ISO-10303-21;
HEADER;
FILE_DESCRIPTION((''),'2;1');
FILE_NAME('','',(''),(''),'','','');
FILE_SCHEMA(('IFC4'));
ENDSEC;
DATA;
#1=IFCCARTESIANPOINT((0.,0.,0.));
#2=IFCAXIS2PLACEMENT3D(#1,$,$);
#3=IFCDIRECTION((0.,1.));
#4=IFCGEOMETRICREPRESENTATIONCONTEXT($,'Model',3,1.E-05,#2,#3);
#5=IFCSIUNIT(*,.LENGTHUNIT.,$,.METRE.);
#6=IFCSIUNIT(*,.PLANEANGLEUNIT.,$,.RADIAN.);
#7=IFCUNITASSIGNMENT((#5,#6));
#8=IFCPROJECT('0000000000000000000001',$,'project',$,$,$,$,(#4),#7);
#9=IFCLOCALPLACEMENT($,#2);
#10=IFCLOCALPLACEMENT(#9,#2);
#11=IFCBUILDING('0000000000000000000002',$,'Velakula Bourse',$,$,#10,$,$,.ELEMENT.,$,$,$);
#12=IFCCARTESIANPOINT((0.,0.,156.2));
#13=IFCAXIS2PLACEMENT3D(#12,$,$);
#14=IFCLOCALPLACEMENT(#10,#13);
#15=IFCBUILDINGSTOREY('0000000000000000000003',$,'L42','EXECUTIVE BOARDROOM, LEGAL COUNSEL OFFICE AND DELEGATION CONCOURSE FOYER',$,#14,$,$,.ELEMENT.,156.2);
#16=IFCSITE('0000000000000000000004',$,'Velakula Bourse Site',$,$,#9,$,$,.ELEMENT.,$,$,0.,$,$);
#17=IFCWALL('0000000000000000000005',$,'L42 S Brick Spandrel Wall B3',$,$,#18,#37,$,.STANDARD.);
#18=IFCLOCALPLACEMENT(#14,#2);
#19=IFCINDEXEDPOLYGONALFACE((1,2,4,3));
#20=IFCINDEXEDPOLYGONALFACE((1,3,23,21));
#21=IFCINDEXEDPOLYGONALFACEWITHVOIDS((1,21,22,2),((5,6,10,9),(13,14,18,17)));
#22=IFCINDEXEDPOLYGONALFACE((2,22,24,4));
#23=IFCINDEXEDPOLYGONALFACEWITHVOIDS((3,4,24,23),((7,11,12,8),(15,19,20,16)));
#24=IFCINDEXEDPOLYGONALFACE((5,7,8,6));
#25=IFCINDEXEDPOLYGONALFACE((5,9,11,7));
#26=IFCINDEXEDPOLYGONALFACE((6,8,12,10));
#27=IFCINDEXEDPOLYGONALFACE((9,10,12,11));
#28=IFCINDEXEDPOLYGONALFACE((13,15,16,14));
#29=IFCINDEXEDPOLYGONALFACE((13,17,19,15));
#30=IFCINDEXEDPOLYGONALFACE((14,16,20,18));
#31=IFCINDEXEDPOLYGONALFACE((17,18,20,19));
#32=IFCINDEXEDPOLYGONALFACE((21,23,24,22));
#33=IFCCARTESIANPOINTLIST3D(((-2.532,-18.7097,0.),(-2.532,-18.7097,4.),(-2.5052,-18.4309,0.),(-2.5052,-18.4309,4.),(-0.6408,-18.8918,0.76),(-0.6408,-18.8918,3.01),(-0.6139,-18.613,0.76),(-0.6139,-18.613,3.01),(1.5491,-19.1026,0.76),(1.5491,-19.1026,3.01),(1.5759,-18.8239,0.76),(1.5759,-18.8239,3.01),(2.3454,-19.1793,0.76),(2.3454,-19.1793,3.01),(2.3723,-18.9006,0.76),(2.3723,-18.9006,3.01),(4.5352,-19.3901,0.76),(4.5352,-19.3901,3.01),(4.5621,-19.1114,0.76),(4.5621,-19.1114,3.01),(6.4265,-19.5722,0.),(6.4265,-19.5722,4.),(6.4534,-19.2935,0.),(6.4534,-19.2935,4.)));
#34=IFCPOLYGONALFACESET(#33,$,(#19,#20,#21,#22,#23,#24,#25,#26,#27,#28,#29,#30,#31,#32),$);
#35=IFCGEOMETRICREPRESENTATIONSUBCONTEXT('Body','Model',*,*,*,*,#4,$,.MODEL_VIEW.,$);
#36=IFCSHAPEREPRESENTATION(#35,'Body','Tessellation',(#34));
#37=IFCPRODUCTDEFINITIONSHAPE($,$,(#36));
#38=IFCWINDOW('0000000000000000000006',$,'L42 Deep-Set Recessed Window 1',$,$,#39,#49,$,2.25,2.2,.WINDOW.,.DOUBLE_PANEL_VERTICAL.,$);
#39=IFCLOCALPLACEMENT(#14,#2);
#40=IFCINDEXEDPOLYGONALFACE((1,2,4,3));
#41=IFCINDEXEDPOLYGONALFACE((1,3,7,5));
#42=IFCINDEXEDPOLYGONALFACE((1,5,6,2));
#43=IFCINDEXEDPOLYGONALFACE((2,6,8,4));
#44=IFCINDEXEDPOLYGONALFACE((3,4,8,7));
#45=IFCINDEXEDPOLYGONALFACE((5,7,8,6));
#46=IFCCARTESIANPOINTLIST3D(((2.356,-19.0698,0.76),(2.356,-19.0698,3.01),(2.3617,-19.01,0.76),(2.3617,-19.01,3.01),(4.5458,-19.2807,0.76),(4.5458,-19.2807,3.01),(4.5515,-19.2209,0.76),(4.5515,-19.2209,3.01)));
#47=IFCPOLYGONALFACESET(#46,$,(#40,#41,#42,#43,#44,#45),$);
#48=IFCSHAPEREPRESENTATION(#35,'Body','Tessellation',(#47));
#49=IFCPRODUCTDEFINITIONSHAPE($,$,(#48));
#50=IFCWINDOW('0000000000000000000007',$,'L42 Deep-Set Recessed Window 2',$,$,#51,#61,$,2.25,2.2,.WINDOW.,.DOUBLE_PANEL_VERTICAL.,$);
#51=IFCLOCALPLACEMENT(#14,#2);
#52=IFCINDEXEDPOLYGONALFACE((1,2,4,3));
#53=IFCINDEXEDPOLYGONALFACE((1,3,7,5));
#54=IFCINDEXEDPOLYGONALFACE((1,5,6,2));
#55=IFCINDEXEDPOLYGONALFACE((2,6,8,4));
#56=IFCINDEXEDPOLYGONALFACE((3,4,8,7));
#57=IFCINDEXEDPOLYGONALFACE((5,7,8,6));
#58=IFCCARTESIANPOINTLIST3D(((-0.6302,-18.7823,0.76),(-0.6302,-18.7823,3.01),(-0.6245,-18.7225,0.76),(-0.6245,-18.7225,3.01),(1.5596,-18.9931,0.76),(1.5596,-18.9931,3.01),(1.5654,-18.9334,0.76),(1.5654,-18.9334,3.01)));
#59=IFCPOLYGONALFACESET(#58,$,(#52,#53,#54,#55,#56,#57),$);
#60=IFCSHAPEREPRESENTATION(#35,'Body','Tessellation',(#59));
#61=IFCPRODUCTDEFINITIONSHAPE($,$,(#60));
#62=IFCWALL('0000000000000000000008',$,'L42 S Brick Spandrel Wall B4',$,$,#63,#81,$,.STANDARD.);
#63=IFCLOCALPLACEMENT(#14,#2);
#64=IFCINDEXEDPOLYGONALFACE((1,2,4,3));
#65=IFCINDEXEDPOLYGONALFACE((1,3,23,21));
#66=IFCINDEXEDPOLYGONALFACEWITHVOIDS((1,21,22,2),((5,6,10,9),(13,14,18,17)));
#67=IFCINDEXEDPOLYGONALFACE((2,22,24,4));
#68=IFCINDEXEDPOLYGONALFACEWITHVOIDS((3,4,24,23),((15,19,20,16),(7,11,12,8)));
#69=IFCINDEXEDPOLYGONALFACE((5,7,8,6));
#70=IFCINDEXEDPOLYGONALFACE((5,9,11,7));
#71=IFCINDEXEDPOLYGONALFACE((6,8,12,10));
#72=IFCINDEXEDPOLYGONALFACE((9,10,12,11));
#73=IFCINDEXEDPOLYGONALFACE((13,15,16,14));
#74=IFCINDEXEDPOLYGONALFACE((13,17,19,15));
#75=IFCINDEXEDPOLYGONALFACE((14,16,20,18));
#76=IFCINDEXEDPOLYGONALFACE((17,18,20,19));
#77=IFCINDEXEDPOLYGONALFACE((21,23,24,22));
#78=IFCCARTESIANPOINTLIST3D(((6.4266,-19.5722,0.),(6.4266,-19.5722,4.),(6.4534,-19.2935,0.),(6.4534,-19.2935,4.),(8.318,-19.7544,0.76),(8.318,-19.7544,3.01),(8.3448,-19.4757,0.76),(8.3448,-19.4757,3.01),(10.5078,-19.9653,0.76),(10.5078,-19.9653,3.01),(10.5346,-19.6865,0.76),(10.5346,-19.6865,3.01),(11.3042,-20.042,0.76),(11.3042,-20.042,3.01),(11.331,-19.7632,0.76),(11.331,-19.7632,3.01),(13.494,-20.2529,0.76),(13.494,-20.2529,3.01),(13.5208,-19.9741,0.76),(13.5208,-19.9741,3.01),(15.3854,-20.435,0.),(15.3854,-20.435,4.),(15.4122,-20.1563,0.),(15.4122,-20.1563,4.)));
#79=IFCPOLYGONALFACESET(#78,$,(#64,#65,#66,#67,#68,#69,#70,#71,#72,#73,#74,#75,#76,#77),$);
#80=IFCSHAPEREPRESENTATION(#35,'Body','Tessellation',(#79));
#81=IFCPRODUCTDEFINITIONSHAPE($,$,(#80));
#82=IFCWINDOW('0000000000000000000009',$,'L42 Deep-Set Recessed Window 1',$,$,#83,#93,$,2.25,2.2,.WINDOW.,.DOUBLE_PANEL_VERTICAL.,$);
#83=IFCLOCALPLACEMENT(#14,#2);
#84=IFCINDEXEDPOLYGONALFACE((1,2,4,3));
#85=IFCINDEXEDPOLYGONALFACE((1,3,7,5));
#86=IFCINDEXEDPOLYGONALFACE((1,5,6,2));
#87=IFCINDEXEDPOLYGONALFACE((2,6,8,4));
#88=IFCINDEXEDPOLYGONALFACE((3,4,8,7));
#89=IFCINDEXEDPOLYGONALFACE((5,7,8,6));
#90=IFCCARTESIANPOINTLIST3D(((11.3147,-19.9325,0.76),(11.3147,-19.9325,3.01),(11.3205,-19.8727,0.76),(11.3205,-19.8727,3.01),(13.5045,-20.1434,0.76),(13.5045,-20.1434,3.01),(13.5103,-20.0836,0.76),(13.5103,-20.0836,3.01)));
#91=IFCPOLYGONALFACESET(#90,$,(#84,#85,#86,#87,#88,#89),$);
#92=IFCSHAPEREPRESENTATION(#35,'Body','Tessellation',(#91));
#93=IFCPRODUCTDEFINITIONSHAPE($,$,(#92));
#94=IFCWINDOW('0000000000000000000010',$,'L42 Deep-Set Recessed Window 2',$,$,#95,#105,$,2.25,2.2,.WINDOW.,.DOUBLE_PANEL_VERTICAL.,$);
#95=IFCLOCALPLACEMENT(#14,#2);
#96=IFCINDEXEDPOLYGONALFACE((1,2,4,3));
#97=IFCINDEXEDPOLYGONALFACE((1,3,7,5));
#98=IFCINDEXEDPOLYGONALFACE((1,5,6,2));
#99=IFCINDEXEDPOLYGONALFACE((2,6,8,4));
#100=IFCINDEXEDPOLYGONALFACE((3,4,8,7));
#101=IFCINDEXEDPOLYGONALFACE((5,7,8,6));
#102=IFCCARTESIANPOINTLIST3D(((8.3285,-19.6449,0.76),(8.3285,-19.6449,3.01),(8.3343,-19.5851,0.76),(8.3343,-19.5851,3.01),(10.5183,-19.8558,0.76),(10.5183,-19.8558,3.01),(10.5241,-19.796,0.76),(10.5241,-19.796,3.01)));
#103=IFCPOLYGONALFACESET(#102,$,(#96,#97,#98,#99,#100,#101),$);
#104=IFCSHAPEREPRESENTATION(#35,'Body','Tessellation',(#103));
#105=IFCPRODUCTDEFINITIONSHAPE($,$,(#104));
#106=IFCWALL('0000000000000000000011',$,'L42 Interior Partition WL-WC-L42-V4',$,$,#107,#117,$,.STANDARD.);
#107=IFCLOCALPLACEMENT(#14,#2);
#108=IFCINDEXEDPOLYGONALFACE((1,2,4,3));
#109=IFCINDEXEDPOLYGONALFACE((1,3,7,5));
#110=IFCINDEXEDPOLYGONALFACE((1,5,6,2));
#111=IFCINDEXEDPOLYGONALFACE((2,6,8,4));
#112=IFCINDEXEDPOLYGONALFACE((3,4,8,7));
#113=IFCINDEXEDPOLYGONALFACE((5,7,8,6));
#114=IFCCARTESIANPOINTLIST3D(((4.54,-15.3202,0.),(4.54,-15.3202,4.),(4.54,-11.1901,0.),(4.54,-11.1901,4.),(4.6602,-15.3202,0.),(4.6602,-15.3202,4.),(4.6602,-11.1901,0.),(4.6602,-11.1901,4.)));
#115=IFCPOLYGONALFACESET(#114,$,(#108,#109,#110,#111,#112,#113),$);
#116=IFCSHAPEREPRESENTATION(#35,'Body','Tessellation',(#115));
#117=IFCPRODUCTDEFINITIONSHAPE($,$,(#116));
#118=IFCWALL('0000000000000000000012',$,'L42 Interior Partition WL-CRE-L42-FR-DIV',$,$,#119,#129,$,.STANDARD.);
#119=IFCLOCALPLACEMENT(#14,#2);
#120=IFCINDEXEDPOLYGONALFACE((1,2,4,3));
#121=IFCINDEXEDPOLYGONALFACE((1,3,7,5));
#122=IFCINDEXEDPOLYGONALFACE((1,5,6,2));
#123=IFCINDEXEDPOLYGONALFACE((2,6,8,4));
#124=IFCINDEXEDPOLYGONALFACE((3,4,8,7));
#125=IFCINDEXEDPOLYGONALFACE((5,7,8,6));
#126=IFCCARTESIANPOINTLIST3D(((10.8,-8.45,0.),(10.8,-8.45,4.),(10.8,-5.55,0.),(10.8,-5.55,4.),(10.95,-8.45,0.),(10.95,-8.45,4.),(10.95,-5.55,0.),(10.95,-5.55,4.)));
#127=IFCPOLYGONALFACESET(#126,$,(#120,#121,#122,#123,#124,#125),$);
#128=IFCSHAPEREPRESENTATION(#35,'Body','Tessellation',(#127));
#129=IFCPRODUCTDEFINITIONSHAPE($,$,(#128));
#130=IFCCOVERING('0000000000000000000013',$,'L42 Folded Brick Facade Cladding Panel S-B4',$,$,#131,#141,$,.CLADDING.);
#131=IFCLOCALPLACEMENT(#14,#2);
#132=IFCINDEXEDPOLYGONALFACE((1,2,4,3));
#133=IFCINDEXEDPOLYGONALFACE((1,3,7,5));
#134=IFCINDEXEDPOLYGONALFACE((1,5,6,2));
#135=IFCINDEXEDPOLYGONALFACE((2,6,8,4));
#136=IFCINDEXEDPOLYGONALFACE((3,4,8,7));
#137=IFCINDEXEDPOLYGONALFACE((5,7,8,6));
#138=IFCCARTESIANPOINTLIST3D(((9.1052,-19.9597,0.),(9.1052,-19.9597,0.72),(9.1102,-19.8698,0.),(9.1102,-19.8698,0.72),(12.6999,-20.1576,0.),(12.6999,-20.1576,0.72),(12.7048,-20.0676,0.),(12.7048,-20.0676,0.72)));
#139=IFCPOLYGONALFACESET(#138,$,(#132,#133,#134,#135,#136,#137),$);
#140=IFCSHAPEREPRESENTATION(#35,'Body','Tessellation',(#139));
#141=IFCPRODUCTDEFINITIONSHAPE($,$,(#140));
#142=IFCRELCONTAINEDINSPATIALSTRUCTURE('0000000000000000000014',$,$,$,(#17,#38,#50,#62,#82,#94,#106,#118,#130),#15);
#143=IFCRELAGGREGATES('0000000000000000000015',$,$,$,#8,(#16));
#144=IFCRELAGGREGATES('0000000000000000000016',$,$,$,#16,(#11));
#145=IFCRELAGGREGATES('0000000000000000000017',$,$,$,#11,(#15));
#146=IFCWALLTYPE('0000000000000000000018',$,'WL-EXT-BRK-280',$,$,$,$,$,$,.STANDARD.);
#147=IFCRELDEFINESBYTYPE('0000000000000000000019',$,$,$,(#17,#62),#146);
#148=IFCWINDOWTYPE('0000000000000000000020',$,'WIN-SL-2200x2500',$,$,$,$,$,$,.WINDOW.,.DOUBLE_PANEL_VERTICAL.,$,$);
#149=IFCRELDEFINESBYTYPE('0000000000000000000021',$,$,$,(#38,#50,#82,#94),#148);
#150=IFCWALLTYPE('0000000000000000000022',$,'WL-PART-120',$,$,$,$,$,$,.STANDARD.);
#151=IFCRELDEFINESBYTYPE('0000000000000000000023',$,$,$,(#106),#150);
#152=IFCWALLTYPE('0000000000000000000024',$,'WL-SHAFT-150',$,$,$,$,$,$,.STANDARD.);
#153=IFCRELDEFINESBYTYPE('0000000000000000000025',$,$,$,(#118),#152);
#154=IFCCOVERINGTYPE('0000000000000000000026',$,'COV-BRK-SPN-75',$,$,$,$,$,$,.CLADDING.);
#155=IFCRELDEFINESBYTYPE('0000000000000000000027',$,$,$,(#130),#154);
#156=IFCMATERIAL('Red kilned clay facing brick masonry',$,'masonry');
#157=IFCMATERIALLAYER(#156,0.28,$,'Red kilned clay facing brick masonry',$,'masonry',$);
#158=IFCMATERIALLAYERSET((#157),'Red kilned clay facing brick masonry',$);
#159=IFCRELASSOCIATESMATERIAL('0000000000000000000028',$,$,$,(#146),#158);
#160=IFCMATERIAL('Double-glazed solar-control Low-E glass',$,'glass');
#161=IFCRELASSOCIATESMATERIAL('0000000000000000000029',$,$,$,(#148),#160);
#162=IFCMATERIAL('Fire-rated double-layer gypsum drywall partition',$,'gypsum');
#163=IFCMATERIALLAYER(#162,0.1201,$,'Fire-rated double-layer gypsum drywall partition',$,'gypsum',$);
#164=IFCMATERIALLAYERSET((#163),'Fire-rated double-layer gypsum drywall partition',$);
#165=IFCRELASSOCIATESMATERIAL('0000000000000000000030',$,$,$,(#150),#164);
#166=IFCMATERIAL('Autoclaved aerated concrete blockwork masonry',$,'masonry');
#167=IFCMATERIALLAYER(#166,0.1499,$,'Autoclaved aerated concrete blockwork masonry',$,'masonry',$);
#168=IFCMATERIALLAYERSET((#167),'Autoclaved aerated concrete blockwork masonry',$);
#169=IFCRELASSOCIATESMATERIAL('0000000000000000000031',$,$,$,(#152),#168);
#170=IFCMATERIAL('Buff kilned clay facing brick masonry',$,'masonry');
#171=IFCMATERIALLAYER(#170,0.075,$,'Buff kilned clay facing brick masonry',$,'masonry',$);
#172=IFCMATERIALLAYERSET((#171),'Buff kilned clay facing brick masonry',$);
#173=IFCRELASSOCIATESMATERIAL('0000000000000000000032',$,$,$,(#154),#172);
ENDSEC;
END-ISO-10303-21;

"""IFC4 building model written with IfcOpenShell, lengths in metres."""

from ifc_helpers import new_model, si_unit, direction, frame, frame_2d, origin, origin_2d, place, context, subcontext, project, spatial, rectangle, extrude, material, layer, layer_set, type_object, element, fill, save


model = new_model("IFC4")

# Units and contexts
model_context = context("Model", 3, precision=1e-05, world=origin(), true_north=direction((0.0, 1.0)))
body_context = subcontext(model_context, "Body", "Model", "MODEL_VIEW")
ifc_project = project(units=[si_unit("LENGTHUNIT", "METRE"), si_unit("PLANEANGLEUNIT", "RADIAN")], contexts=[model_context])

# Site, building, storey
site_placement = place(None, origin())
site = spatial("IfcSite", under=ifc_project, at=site_placement, Name="Velakula Bourse Site", CompositionType="ELEMENT", RefElevation=0.0)
building_placement = place(site_placement, origin())
building = spatial("IfcBuilding", under=site, at=building_placement, Name="Velakula Bourse", CompositionType="ELEMENT")
storey_placement = place(building_placement, frame((0.0, 0.0, 156.2)))
storey = spatial("IfcBuildingStorey", under=building, at=storey_placement, Name="L42", Description="EXECUTIVE BOARDROOM, LEGAL COUNSEL OFFICE AND DELEGATION CONCOURSE FOYER", CompositionType="ELEMENT", Elevation=156.2)

# Walls, openings, windows
ifc_material_1 = material(Name="Red kilned clay facing brick masonry", Category="masonry")
ifc_layer_1 = layer(ifc_material_1, 0.28, Name="Red kilned clay facing brick masonry", Category="masonry")
ifc_layer_set_1 = layer_set([ifc_layer_1], Name="Red kilned clay facing brick masonry")
wall_type_1 = type_object("IfcWallType", Name="WL-EXT-BRK-280", PredefinedType="STANDARD", material=ifc_layer_set_1)
wall_1_placement = place(storey_placement, frame((6.4399, -19.4329, 0.0), z_axis=(0.0, 0.0, 1.0), x_axis=(-0.995397, 0.09584, 0.0)))
wall_1 = element("IfcWall", 1, at=wall_1_placement, inside=storey, type_object=wall_type_1, Name="L42 S Brick Spandrel Wall B3", PredefinedType="STANDARD", context=body_context, shape_type="SweptSolid", body=[
    extrude(rectangle(XDim=9.0, YDim=0.28, at=frame_2d((4.5, 0.0))), origin(), (0.0, 0.0, 1.0), 4.0),
])
opening_1_placement = place(wall_1_placement, frame((1.8999, 0.0, 0.76)))
opening_1 = element("IfcOpeningElement", 2, at=opening_1_placement, cuts=wall_1, PredefinedType="OPENING", context=body_context, shape_type="SweptSolid", body=[
    extrude(rectangle(XDim=2.2, YDim=2.25, at=frame_2d((1.1001, 1.125))), frame((0.0, 0.1499, 0.0), z_axis=(0.0, -1.0, 0.0), x_axis=(1.0, 0.0, 0.0)), (0.0, 0.0, 1.0), 0.3),
])
opening_2_placement = place(wall_1_placement, frame((4.8999, 0.0, 0.76)))
opening_2 = element("IfcOpeningElement", 3, at=opening_2_placement, cuts=wall_1, PredefinedType="OPENING", context=body_context, shape_type="SweptSolid", body=[
    extrude(rectangle(XDim=2.2, YDim=2.25, at=frame_2d((1.1001, 1.125))), frame((0.0, 0.1499, 0.0), z_axis=(0.0, -1.0, 0.0), x_axis=(1.0, 0.0, 0.0)), (0.0, 0.0, 1.0), 0.3),
])
ifc_material_2 = material(Name="Double-glazed solar-control Low-E glass", Category="glass")
window_type = type_object("IfcWindowType", Name="WIN-SL-2200x2500", PartitioningType="DOUBLE_PANEL_VERTICAL", PredefinedType="WINDOW", material=ifc_material_2)
window_1_placement = place(opening_1_placement, origin())
window_1 = element("IfcWindow", 4, at=window_1_placement, inside=storey, type_object=window_type, Name="L42 Deep-Set Recessed Window 1", OverallHeight=2.25, OverallWidth=2.2, PartitioningType="DOUBLE_PANEL_VERTICAL", PredefinedType="WINDOW", context=body_context, shape_type="SweptSolid", body=[
    extrude(rectangle(XDim=2.2, YDim=2.25, at=frame_2d((1.1001, 1.125))), frame((0.0, 0.03, 0.0), z_axis=(0.0, -1.0, 0.0), x_axis=(1.0, 0.0, 0.0)), (0.0, 0.0, 1.0), 0.0601),
])
fill(opening_1, window_1)
window_2_placement = place(opening_2_placement, origin())
window_2 = element("IfcWindow", 5, at=window_2_placement, inside=storey, type_object=window_type, Name="L42 Deep-Set Recessed Window 2", OverallHeight=2.25, OverallWidth=2.2, PartitioningType="DOUBLE_PANEL_VERTICAL", PredefinedType="WINDOW", context=body_context, shape_type="SweptSolid", body=[
    extrude(rectangle(XDim=2.2, YDim=2.25, at=frame_2d((1.1001, 1.125))), frame((0.0, 0.03, 0.0), z_axis=(0.0, -1.0, 0.0), x_axis=(1.0, 0.0, 0.0)), (0.0, 0.0, 1.0), 0.0601),
])
fill(opening_2, window_2)
wall_2_placement = place(storey_placement, frame((15.3987, -20.2957, 0.0), z_axis=(0.0, 0.0, 1.0), x_axis=(-0.995394, 0.095864, 0.0)))
wall_2 = element("IfcWall", 6, at=wall_2_placement, inside=storey, type_object=wall_type_1, Name="L42 S Brick Spandrel Wall B4", PredefinedType="STANDARD", context=body_context, shape_type="SweptSolid", body=[
    extrude(rectangle(XDim=9.0002, YDim=0.28, at=frame_2d((4.5, 0.0))), origin(), (0.0, 0.0, 1.0), 4.0),
])
opening_3_placement = place(wall_2_placement, frame((1.8999, 0.0, 0.76)))
opening_3 = element("IfcOpeningElement", 7, at=opening_3_placement, cuts=wall_2, PredefinedType="OPENING", context=body_context, shape_type="SweptSolid", body=[
    extrude(rectangle(XDim=2.2, YDim=2.25, at=frame_2d((1.1001, 1.125))), frame((0.0, 0.1499, 0.0), z_axis=(0.0, -1.0, 0.0), x_axis=(1.0, 0.0, 0.0)), (0.0, 0.0, 1.0), 0.3),
])
opening_4_placement = place(wall_2_placement, frame((4.8999, 0.0, 0.76)))
opening_4 = element("IfcOpeningElement", 8, at=opening_4_placement, cuts=wall_2, PredefinedType="OPENING", context=body_context, shape_type="SweptSolid", body=[
    extrude(rectangle(XDim=2.2, YDim=2.25, at=frame_2d((1.1001, 1.125))), frame((0.0, 0.1499, 0.0), z_axis=(0.0, -1.0, 0.0), x_axis=(1.0, 0.0, 0.0)), (0.0, 0.0, 1.0), 0.3),
])
window_3_placement = place(opening_3_placement, origin())
window_3 = element("IfcWindow", 9, at=window_3_placement, inside=storey, type_object=window_type, Name="L42 Deep-Set Recessed Window 1", OverallHeight=2.25, OverallWidth=2.2, PartitioningType="DOUBLE_PANEL_VERTICAL", PredefinedType="WINDOW", context=body_context, shape_type="SweptSolid", body=[
    extrude(rectangle(XDim=2.2, YDim=2.25, at=frame_2d((1.1001, 1.125))), frame((0.0, 0.03, 0.0), z_axis=(0.0, -1.0, 0.0), x_axis=(1.0, 0.0, 0.0)), (0.0, 0.0, 1.0), 0.0601),
])
fill(opening_3, window_3)
window_4_placement = place(opening_4_placement, origin())
window_4 = element("IfcWindow", 10, at=window_4_placement, inside=storey, type_object=window_type, Name="L42 Deep-Set Recessed Window 2", OverallHeight=2.25, OverallWidth=2.2, PartitioningType="DOUBLE_PANEL_VERTICAL", PredefinedType="WINDOW", context=body_context, shape_type="SweptSolid", body=[
    extrude(rectangle(XDim=2.2, YDim=2.25, at=frame_2d((1.1001, 1.125))), frame((0.0, 0.03, 0.0), z_axis=(0.0, -1.0, 0.0), x_axis=(1.0, 0.0, 0.0)), (0.0, 0.0, 1.0), 0.0601),
])
fill(opening_4, window_4)

# Walls
ifc_material_3 = material(Name="Fire-rated double-layer gypsum drywall partition", Category="gypsum")
ifc_layer_2 = layer(ifc_material_3, 0.1201, Name="Fire-rated double-layer gypsum drywall partition", Category="gypsum")
ifc_layer_set_2 = layer_set([ifc_layer_2], Name="Fire-rated double-layer gypsum drywall partition")
wall_type_2 = type_object("IfcWallType", Name="WL-PART-120", PredefinedType="STANDARD", material=ifc_layer_set_2)
wall_3_placement = place(storey_placement, frame((4.6001, -15.3201, 0.0), z_axis=(0.0, 0.0, 1.0), x_axis=(0.0, 1.0, 0.0)))
element("IfcWall", 11, at=wall_3_placement, inside=storey, type_object=wall_type_2, Name="L42 Interior Partition WL-WC-L42-V4", PredefinedType="STANDARD", context=body_context, shape_type="SweptSolid", body=[
    extrude(rectangle(XDim=4.1301, YDim=0.1201, at=frame_2d((2.0649, 0.0))), origin(), (0.0, 0.0, 1.0), 4.0),
])
ifc_material_4 = material(Name="Autoclaved aerated concrete blockwork masonry", Category="masonry")
ifc_layer_3 = layer(ifc_material_4, 0.1499, Name="Autoclaved aerated concrete blockwork masonry", Category="masonry")
ifc_layer_set_3 = layer_set([ifc_layer_3], Name="Autoclaved aerated concrete blockwork masonry")
wall_type_3 = type_object("IfcWallType", Name="WL-SHAFT-150", PredefinedType="STANDARD", material=ifc_layer_set_3)
wall_4_placement = place(storey_placement, frame((10.875, -8.45, 0.0), z_axis=(0.0, 0.0, 1.0), x_axis=(0.0, 1.0, 0.0)))
element("IfcWall", 12, at=wall_4_placement, inside=storey, type_object=wall_type_3, Name="L42 Interior Partition WL-CRE-L42-FR-DIV", PredefinedType="STANDARD", context=body_context, shape_type="SweptSolid", body=[
    extrude(rectangle(XDim=2.8999, YDim=0.1499, at=frame_2d((1.45, 0.0))), origin(), (0.0, 0.0, 1.0), 4.0),
])

# Covering
ifc_material_5 = material(Name="Buff kilned clay facing brick masonry", Category="masonry")
ifc_layer_4 = layer(ifc_material_5, 0.075, Name="Buff kilned clay facing brick masonry", Category="masonry")
ifc_layer_set_4 = layer_set([ifc_layer_4], Name="Buff kilned clay facing brick masonry")
covering_type = type_object("IfcCoveringType", Name="COV-BRK-SPN-75", PredefinedType="CLADDING", material=ifc_layer_set_4)
covering_placement = place(storey_placement, frame((10.905, -20.0137, 0.0), z_axis=(0.0, 0.0, 1.0), x_axis=(0.998489, -0.05495, 0.0)))
element("IfcCovering", 13, at=covering_placement, inside=storey, type_object=covering_type, Name="L42 Folded Brick Facade Cladding Panel S-B4", PredefinedType="CLADDING", context=body_context, shape_type="SweptSolid", body=[
    extrude(rectangle(XDim=3.6001, YDim=0.0901, at=origin_2d()), origin(), (0.0, 0.0, 1.0), 0.72),
])

save(model, "model.ifc")
